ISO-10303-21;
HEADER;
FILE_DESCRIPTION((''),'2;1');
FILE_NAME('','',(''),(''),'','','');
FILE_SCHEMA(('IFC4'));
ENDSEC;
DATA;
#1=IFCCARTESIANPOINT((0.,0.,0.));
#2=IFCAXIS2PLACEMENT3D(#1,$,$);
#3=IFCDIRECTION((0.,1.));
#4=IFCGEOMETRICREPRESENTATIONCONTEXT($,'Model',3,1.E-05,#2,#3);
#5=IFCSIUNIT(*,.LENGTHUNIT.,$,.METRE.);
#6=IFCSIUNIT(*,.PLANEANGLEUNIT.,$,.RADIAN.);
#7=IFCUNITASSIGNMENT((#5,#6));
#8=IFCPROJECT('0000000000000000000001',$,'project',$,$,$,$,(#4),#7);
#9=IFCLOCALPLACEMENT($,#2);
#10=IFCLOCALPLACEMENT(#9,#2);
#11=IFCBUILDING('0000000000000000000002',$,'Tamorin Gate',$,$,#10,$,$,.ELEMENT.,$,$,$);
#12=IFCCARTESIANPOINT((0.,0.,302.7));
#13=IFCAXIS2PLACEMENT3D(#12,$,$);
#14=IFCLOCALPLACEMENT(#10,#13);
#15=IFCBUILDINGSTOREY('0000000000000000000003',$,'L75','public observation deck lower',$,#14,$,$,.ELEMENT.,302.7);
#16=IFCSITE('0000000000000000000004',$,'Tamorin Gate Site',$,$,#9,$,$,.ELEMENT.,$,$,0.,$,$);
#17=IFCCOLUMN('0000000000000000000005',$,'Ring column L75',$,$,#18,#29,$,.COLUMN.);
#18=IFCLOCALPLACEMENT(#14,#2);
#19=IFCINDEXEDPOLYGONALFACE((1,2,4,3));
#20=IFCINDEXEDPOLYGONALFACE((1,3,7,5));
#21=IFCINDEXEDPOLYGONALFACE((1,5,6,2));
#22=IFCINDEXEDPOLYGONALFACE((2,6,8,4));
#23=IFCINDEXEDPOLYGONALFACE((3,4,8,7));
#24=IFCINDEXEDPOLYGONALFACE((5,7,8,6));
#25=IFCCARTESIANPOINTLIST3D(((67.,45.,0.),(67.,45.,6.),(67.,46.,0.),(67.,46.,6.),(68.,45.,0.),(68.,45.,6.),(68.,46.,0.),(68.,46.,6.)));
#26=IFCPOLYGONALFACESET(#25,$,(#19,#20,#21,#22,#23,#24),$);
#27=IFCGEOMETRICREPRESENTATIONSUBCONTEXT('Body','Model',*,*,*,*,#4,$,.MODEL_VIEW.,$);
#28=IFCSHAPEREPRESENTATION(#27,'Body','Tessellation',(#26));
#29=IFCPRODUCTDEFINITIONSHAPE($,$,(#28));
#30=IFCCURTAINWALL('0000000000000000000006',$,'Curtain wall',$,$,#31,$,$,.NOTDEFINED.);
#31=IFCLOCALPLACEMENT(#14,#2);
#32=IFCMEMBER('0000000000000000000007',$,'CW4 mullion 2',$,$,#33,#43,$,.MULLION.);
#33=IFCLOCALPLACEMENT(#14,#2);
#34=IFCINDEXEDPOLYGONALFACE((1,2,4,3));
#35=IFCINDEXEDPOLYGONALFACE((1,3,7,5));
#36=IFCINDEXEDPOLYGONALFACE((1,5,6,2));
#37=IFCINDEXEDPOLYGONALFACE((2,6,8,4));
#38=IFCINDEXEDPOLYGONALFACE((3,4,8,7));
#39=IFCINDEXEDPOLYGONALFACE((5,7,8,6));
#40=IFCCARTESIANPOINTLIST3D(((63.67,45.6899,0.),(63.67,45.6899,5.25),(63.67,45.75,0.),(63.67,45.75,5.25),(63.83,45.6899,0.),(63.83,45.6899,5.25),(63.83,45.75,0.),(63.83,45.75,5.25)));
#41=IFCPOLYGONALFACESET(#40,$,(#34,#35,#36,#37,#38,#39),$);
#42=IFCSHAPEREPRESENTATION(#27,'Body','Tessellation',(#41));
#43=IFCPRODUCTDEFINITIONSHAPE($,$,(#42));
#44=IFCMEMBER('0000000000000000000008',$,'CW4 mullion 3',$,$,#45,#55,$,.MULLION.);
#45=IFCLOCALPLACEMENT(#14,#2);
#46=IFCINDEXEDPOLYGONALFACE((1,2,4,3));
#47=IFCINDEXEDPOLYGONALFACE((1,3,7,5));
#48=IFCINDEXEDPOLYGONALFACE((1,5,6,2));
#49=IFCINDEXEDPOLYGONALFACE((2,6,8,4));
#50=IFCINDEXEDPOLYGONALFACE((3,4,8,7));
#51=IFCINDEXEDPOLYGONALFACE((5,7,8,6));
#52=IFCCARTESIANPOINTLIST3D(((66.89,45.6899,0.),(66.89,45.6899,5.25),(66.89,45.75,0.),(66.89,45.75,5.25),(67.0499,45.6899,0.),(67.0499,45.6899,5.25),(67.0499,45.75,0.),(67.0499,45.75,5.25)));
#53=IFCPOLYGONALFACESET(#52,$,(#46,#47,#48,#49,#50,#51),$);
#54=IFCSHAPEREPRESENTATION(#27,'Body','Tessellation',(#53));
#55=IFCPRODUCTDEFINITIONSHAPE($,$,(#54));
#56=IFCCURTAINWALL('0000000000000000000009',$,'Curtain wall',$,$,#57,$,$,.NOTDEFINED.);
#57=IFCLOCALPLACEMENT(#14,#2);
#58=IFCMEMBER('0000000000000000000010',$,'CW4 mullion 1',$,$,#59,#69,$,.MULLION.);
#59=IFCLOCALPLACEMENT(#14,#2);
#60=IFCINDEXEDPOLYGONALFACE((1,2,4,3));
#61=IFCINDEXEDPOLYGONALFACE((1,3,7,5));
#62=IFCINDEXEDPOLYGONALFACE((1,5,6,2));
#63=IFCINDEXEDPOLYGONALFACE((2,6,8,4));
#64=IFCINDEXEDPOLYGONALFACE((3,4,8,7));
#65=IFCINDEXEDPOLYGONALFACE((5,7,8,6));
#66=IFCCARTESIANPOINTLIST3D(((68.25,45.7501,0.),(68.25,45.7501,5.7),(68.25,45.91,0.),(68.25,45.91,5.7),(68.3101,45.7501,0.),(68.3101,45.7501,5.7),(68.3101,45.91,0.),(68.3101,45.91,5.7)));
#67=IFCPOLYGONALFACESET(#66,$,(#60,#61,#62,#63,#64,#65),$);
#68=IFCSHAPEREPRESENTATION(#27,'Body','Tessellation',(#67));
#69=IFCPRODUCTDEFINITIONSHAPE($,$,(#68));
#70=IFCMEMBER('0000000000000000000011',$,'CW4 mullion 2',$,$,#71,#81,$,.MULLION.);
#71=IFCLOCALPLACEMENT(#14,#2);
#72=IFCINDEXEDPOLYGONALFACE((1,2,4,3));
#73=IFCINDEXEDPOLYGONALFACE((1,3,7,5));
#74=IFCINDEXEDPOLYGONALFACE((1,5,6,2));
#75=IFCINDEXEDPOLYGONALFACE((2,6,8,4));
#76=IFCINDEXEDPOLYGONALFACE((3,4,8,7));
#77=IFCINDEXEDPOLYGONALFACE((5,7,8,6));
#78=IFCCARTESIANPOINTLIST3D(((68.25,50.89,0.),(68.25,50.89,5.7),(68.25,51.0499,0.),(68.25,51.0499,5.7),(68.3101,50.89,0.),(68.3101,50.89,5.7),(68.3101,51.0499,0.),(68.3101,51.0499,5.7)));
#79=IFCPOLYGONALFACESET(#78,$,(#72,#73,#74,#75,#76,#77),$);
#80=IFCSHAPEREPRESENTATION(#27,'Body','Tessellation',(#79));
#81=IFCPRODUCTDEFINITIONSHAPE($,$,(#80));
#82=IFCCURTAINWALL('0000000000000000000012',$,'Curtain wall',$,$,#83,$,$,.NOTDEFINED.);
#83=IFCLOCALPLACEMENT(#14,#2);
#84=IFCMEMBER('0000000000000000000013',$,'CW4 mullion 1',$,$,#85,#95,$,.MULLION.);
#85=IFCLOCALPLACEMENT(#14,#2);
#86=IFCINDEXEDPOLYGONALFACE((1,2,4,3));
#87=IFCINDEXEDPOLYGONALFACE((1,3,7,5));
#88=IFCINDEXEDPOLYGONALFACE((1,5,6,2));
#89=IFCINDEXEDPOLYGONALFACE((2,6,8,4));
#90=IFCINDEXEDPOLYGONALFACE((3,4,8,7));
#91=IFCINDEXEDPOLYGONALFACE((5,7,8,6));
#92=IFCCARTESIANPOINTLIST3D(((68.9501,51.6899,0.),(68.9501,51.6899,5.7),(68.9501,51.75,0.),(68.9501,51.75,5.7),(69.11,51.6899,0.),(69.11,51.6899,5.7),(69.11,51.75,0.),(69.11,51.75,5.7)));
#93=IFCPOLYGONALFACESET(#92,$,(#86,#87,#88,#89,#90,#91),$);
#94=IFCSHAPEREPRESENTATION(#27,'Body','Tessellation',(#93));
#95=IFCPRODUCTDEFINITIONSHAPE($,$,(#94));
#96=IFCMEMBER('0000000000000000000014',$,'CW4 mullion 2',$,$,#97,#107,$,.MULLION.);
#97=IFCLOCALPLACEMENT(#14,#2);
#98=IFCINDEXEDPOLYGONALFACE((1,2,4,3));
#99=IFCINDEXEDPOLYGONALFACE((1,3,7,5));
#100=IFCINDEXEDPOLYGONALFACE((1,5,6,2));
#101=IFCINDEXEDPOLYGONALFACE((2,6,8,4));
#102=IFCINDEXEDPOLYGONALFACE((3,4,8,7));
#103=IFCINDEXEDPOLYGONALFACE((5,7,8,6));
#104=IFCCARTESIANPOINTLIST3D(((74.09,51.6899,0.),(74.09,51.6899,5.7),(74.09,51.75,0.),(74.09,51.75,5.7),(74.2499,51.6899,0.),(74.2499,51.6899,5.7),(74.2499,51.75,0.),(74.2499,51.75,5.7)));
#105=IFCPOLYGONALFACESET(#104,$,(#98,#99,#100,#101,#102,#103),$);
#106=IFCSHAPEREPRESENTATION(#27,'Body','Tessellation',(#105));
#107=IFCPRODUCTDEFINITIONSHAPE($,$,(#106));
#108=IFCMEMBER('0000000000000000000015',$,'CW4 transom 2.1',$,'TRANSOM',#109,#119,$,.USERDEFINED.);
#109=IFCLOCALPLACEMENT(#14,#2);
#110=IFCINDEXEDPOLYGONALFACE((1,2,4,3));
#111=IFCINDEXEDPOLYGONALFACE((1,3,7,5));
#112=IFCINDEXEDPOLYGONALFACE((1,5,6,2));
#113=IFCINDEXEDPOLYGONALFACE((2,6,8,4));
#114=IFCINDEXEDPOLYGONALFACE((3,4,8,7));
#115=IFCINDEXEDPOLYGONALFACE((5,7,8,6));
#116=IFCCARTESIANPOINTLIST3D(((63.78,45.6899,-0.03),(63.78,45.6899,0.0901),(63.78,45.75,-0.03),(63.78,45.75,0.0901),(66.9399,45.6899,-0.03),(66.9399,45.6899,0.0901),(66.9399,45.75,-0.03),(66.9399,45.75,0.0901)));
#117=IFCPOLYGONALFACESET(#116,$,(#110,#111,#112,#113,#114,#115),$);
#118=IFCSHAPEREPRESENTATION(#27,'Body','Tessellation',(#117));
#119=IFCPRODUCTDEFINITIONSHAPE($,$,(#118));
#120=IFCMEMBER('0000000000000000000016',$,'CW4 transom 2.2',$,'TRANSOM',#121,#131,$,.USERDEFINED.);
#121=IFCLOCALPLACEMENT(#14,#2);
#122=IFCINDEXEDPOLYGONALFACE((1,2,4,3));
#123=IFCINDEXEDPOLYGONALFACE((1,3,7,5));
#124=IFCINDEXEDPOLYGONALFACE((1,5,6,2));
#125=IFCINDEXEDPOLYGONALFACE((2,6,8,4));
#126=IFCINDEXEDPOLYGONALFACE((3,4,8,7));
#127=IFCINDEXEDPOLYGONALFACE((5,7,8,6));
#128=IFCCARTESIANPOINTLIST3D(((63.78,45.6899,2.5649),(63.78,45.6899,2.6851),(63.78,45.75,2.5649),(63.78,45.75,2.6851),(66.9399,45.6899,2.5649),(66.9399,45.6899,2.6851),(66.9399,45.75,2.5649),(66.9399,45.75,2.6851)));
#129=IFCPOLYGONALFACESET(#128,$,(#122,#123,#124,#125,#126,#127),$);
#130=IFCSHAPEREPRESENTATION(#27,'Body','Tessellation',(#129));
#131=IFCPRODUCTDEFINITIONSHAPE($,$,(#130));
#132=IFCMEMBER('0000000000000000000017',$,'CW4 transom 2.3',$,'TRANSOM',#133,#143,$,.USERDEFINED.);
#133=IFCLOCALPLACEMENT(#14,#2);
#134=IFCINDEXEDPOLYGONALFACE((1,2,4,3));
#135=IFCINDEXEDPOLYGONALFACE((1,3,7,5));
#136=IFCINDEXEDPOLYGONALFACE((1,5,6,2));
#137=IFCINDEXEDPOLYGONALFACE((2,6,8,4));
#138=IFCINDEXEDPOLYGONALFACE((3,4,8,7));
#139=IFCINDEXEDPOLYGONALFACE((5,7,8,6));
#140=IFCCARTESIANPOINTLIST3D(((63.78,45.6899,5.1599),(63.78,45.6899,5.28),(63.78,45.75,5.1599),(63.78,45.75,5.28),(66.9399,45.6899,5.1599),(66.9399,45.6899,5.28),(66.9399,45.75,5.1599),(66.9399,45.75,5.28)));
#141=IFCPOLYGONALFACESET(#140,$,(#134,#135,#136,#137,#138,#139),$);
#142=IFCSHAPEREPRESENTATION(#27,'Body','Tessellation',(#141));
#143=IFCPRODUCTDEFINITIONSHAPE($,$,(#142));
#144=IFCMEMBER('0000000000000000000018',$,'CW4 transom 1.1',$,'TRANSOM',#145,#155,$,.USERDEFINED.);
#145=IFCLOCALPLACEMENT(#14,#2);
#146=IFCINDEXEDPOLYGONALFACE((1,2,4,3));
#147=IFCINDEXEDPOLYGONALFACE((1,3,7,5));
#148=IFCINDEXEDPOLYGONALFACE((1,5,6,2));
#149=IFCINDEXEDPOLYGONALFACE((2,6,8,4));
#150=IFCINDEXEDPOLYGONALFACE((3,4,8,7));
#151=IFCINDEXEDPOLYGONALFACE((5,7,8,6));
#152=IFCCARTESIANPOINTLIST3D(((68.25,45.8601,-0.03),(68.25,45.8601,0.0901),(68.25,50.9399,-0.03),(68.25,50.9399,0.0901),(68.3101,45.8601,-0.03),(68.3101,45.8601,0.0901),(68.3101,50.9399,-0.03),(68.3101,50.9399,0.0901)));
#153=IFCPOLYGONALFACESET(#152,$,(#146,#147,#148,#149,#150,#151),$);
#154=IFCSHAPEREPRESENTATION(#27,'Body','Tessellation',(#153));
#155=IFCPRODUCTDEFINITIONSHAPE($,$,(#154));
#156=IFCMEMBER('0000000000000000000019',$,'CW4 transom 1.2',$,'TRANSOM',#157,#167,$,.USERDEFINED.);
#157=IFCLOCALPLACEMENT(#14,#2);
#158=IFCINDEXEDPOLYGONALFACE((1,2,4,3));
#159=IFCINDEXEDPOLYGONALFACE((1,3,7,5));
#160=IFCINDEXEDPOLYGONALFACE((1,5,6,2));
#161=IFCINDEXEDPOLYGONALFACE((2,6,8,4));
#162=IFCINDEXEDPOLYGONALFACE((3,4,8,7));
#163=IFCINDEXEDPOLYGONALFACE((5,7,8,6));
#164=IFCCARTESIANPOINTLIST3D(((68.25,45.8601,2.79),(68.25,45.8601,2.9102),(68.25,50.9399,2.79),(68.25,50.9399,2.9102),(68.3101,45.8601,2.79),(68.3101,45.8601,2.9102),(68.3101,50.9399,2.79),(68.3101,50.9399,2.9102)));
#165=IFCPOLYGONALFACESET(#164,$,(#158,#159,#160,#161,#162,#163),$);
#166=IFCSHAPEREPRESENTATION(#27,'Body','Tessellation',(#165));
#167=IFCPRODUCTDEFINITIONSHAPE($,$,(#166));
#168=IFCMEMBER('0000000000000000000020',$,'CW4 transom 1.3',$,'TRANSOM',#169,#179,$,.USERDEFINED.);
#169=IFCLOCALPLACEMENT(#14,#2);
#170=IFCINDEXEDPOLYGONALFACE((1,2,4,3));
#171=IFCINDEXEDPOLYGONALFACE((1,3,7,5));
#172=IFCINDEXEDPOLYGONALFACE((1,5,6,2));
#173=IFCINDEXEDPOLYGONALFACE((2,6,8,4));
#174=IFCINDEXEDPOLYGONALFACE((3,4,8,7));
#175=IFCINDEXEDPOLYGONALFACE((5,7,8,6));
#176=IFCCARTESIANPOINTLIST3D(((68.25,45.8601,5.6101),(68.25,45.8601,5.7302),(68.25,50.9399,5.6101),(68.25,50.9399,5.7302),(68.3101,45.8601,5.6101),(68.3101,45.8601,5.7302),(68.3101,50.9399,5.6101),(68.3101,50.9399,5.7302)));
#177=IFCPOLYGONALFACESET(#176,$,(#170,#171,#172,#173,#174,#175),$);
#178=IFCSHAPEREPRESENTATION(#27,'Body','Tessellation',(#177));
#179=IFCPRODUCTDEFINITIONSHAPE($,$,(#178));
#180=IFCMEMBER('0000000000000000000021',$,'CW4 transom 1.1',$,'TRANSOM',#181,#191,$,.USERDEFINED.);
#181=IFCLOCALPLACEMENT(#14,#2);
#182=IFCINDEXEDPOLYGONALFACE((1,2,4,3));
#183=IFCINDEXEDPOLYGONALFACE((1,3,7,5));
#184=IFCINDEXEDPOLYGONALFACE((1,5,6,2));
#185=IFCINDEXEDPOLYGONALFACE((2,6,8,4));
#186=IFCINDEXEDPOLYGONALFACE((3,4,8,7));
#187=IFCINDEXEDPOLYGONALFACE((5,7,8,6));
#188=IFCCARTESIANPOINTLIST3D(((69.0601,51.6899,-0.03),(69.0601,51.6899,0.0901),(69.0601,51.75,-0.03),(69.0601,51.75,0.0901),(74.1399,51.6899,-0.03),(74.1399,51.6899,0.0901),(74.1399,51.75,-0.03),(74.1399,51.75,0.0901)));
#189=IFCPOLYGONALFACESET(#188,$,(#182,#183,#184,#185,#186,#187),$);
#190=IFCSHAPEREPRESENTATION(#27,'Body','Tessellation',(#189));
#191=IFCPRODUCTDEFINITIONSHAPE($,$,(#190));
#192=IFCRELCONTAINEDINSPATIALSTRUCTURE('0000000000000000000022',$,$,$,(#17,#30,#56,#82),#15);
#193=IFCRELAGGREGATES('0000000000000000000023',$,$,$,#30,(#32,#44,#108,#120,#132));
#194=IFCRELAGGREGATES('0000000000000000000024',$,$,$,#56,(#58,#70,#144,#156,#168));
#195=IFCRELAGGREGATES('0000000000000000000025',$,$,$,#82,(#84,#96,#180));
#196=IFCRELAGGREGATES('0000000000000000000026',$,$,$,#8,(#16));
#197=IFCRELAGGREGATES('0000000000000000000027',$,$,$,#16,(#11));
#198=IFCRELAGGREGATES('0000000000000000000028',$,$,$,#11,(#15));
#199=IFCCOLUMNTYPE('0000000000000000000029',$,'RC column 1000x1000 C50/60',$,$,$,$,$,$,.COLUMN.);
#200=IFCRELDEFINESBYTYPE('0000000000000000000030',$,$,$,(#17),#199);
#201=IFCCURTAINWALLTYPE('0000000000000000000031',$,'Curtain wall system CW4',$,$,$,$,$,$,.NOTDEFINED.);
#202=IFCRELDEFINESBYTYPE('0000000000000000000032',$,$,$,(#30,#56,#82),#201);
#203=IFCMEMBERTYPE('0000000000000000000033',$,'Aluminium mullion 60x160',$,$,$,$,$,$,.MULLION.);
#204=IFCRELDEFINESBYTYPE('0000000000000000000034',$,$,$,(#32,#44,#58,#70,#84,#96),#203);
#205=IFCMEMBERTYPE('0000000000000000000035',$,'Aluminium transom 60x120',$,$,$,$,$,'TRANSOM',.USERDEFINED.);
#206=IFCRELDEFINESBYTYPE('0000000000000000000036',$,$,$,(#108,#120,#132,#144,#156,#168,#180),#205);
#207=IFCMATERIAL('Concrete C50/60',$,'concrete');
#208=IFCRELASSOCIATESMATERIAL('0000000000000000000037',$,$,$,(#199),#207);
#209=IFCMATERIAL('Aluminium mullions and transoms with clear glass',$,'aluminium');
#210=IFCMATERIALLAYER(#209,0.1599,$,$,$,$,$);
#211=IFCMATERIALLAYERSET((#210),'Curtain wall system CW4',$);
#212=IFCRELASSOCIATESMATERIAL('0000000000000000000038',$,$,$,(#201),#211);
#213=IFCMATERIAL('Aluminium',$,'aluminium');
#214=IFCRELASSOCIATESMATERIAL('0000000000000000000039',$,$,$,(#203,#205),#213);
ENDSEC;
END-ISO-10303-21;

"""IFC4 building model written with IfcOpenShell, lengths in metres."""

from ifc_helpers import new_model, si_unit, direction, frame, origin, origin_2d, place, context, subcontext, project, spatial, rectangle, extrude, material, layer, layer_set, material_profile, profile_set, type_object, element, aggregate, save


model = new_model("IFC4")

# Units and contexts
model_context = context("Model", 3, precision=1e-05, world=origin(), true_north=direction((0.0, 1.0)))
body_context = subcontext(model_context, "Body", "Model", "MODEL_VIEW")
ifc_project = project(units=[si_unit("LENGTHUNIT", "METRE"), si_unit("PLANEANGLEUNIT", "RADIAN")], contexts=[model_context])

# Site, building, storey
site_placement = place(None, origin())
site = spatial("IfcSite", under=ifc_project, at=site_placement, Name="Tamorin Gate Site", CompositionType="ELEMENT", RefElevation=0.0)
building_placement = place(site_placement, origin())
building = spatial("IfcBuilding", under=site, at=building_placement, Name="Tamorin Gate", CompositionType="ELEMENT")
storey_placement = place(building_placement, frame((0.0, 0.0, 302.7)))
storey = spatial("IfcBuildingStorey", under=building, at=storey_placement, Name="L75", Description="public observation deck lower", CompositionType="ELEMENT", Elevation=302.7)

# Column
ifc_material_1 = material(Name="Concrete C50/60", Category="concrete")
ifc_material_profile_1 = material_profile(ifc_material_1, rectangle(XDim=1.0, YDim=1.0, at=origin_2d()), Name="RC 1000x1000")
ifc_profile_set_1 = profile_set([ifc_material_profile_1], Name="Concrete C50/60")
column_type = type_object("IfcColumnType", Name="RC column 1000x1000 C50/60", PredefinedType="COLUMN", material=ifc_profile_set_1)
column_placement = place(storey_placement, frame((67.5, 45.5, 0.0), z_axis=(0.0, 0.0, 1.0), x_axis=(1.0, 0.0, 0.0)))
element("IfcColumn", 1, at=column_placement, inside=storey, type_object=column_type, Name="Ring column L75", PredefinedType="COLUMN", context=body_context, shape_type="SweptSolid", body=[
    extrude(rectangle(XDim=1.0, YDim=1.0, at=origin_2d()), origin(), (0.0, 0.0, 1.0), 6.0),
])

# Curtain walls, members
ifc_material_2 = material(Name="Aluminium mullions and transoms with clear glass", Category="aluminium")
ifc_layer_1 = layer(ifc_material_2, 0.1599)
ifc_layer_set_1 = layer_set([ifc_layer_1], Name="Curtain wall system CW4")
curtain_wall_type = type_object("IfcCurtainWallType", Name="Curtain wall system CW4", PredefinedType="NOTDEFINED", material=ifc_layer_set_1)
curtain_wall_1_placement = place(storey_placement, origin())
curtain_wall_1 = element("IfcCurtainWall", 2, at=curtain_wall_1_placement, inside=storey, type_object=curtain_wall_type, Name="Curtain wall", PredefinedType="NOTDEFINED")
ifc_material_3 = material(Name="Aluminium", Category="aluminium")
ifc_material_profile_2 = material_profile(ifc_material_3, rectangle(XDim=0.0601, YDim=0.1599, at=origin_2d()), Name="RECT 60x160")
ifc_profile_set_2 = profile_set([ifc_material_profile_2], Name="Aluminium")
member_type_1 = type_object("IfcMemberType", Name="Aluminium mullion 60x160", PredefinedType="MULLION", material=ifc_profile_set_2)
member_1_placement = place(storey_placement, frame((63.75, 45.72, 0.0), z_axis=(0.0, 0.0, 1.0), x_axis=(0.0, 1.0, 0.0)))
member_1 = element("IfcMember", 3, at=member_1_placement, type_object=member_type_1, Name="CW4 mullion 2", PredefinedType="MULLION", context=body_context, shape_type="SweptSolid", body=[
    extrude(rectangle(XDim=0.0601, YDim=0.1599, at=origin_2d()), origin(), (0.0, 0.0, 1.0), 5.25),
])
member_2_placement = place(storey_placement, frame((66.97, 45.72, 0.0), z_axis=(0.0, 0.0, 1.0), x_axis=(0.0, 1.0, 0.0)))
member_2 = element("IfcMember", 4, at=member_2_placement, type_object=member_type_1, Name="CW4 mullion 3", PredefinedType="MULLION", context=body_context, shape_type="SweptSolid", body=[
    extrude(rectangle(XDim=0.0601, YDim=0.1599, at=origin_2d()), origin(), (0.0, 0.0, 1.0), 5.25),
])
curtain_wall_2_placement = place(storey_placement, origin())
curtain_wall_2 = element("IfcCurtainWall", 5, at=curtain_wall_2_placement, inside=storey, type_object=curtain_wall_type, Name="Curtain wall", PredefinedType="NOTDEFINED")
member_3_placement = place(storey_placement, frame((68.28, 45.8301, 0.0), z_axis=(0.0, 0.0, 1.0), x_axis=(-1.0, 0.0, 0.0)))
member_3 = element("IfcMember", 6, at=member_3_placement, type_object=member_type_1, Name="CW4 mullion 1", PredefinedType="MULLION", context=body_context, shape_type="SweptSolid", body=[
    extrude(rectangle(XDim=0.0601, YDim=0.1599, at=origin_2d()), origin(), (0.0, 0.0, 1.0), 5.7),
])
member_4_placement = place(storey_placement, frame((68.28, 50.97, 0.0), z_axis=(0.0, 0.0, 1.0), x_axis=(-1.0, 0.0, 0.0)))
member_4 = element("IfcMember", 7, at=member_4_placement, type_object=member_type_1, Name="CW4 mullion 2", PredefinedType="MULLION", context=body_context, shape_type="SweptSolid", body=[
    extrude(rectangle(XDim=0.0601, YDim=0.1599, at=origin_2d()), origin(), (0.0, 0.0, 1.0), 5.7),
])
curtain_wall_3_placement = place(storey_placement, origin())
curtain_wall_3 = element("IfcCurtainWall", 8, at=curtain_wall_3_placement, inside=storey, type_object=curtain_wall_type, Name="Curtain wall", PredefinedType="NOTDEFINED")
member_5_placement = place(storey_placement, frame((69.03, 51.72, 0.0), z_axis=(0.0, 0.0, 1.0), x_axis=(0.0, 1.0, 0.0)))
member_5 = element("IfcMember", 9, at=member_5_placement, type_object=member_type_1, Name="CW4 mullion 1", PredefinedType="MULLION", context=body_context, shape_type="SweptSolid", body=[
    extrude(rectangle(XDim=0.0601, YDim=0.1599, at=origin_2d()), origin(), (0.0, 0.0, 1.0), 5.7),
])
member_6_placement = place(storey_placement, frame((74.1699, 51.72, 0.0), z_axis=(0.0, 0.0, 1.0), x_axis=(0.0, 1.0, 0.0)))
member_6 = element("IfcMember", 10, at=member_6_placement, type_object=member_type_1, Name="CW4 mullion 2", PredefinedType="MULLION", context=body_context, shape_type="SweptSolid", body=[
    extrude(rectangle(XDim=0.0601, YDim=0.1599, at=origin_2d()), origin(), (0.0, 0.0, 1.0), 5.7),
])

# Members
ifc_material_profile_3 = material_profile(ifc_material_3, rectangle(XDim=0.0601, YDim=0.1201, at=origin_2d()), Name="RECT 60x120")
ifc_profile_set_3 = profile_set([ifc_material_profile_3], Name="Aluminium")
member_type_2 = type_object("IfcMemberType", Name="Aluminium transom 60x120", ElementType="TRANSOM", PredefinedType="USERDEFINED", material=ifc_profile_set_3)
member_7_placement = place(storey_placement, frame((63.78, 45.72, 0.03), z_axis=(1.0, 0.0, 0.0), x_axis=(0.0, 1.0, 0.0)))
member_7 = element("IfcMember", 11, at=member_7_placement, type_object=member_type_2, Name="CW4 transom 2.1", ObjectType="TRANSOM", PredefinedType="USERDEFINED", context=body_context, shape_type="SweptSolid", body=[
    extrude(rectangle(XDim=0.0601, YDim=0.1201, at=origin_2d()), origin(), (0.0, 0.0, 1.0), 3.1599),
])
member_8_placement = place(storey_placement, frame((63.78, 45.72, 2.625), z_axis=(1.0, 0.0, 0.0), x_axis=(0.0, 1.0, 0.0)))
member_8 = element("IfcMember", 12, at=member_8_placement, type_object=member_type_2, Name="CW4 transom 2.2", ObjectType="TRANSOM", PredefinedType="USERDEFINED", context=body_context, shape_type="SweptSolid", body=[
    extrude(rectangle(XDim=0.0601, YDim=0.1201, at=origin_2d()), origin(), (0.0, 0.0, 1.0), 3.1599),
])
member_9_placement = place(storey_placement, frame((63.78, 45.72, 5.22), z_axis=(1.0, 0.0, 0.0), x_axis=(0.0, 1.0, 0.0)))
member_9 = element("IfcMember", 13, at=member_9_placement, type_object=member_type_2, Name="CW4 transom 2.3", ObjectType="TRANSOM", PredefinedType="USERDEFINED", context=body_context, shape_type="SweptSolid", body=[
    extrude(rectangle(XDim=0.0601, YDim=0.1201, at=origin_2d()), origin(), (0.0, 0.0, 1.0), 3.1599),
])
member_10_placement = place(storey_placement, frame((68.28, 45.8601, 0.03), z_axis=(0.0, 1.0, 0.0), x_axis=(-1.0, 0.0, 0.0)))
member_10 = element("IfcMember", 14, at=member_10_placement, type_object=member_type_2, Name="CW4 transom 1.1", ObjectType="TRANSOM", PredefinedType="USERDEFINED", context=body_context, shape_type="SweptSolid", body=[
    extrude(rectangle(XDim=0.0601, YDim=0.1201, at=origin_2d()), origin(), (0.0, 0.0, 1.0), 5.0798),
])
member_11_placement = place(storey_placement, frame((68.28, 45.8601, 2.8501), z_axis=(0.0, 1.0, 0.0), x_axis=(-1.0, 0.0, 0.0)))
member_11 = element("IfcMember", 15, at=member_11_placement, type_object=member_type_2, Name="CW4 transom 1.2", ObjectType="TRANSOM", PredefinedType="USERDEFINED", context=body_context, shape_type="SweptSolid", body=[
    extrude(rectangle(XDim=0.0601, YDim=0.1201, at=origin_2d()), origin(), (0.0, 0.0, 1.0), 5.0798),
])
member_12_placement = place(storey_placement, frame((68.28, 45.8601, 5.6702), z_axis=(0.0, 1.0, 0.0), x_axis=(-1.0, 0.0, 0.0)))
member_12 = element("IfcMember", 16, at=member_12_placement, type_object=member_type_2, Name="CW4 transom 1.3", ObjectType="TRANSOM", PredefinedType="USERDEFINED", context=body_context, shape_type="SweptSolid", body=[
    extrude(rectangle(XDim=0.0601, YDim=0.1201, at=origin_2d()), origin(), (0.0, 0.0, 1.0), 5.0798),
])
member_13_placement = place(storey_placement, frame((69.0601, 51.72, 0.03), z_axis=(1.0, 0.0, 0.0), x_axis=(0.0, 1.0, 0.0)))
member_13 = element("IfcMember", 17, at=member_13_placement, type_object=member_type_2, Name="CW4 transom 1.1", ObjectType="TRANSOM", PredefinedType="USERDEFINED", context=body_context, shape_type="SweptSolid", body=[
    extrude(rectangle(XDim=0.0601, YDim=0.1201, at=origin_2d()), origin(), (0.0, 0.0, 1.0), 5.0798),
])

aggregate(curtain_wall_1, [member_1, member_2, member_7, member_8, member_9])
aggregate(curtain_wall_2, [member_3, member_4, member_10, member_11, member_12])
aggregate(curtain_wall_3, [member_5, member_6, member_13])

save(model, "model.ifc")
